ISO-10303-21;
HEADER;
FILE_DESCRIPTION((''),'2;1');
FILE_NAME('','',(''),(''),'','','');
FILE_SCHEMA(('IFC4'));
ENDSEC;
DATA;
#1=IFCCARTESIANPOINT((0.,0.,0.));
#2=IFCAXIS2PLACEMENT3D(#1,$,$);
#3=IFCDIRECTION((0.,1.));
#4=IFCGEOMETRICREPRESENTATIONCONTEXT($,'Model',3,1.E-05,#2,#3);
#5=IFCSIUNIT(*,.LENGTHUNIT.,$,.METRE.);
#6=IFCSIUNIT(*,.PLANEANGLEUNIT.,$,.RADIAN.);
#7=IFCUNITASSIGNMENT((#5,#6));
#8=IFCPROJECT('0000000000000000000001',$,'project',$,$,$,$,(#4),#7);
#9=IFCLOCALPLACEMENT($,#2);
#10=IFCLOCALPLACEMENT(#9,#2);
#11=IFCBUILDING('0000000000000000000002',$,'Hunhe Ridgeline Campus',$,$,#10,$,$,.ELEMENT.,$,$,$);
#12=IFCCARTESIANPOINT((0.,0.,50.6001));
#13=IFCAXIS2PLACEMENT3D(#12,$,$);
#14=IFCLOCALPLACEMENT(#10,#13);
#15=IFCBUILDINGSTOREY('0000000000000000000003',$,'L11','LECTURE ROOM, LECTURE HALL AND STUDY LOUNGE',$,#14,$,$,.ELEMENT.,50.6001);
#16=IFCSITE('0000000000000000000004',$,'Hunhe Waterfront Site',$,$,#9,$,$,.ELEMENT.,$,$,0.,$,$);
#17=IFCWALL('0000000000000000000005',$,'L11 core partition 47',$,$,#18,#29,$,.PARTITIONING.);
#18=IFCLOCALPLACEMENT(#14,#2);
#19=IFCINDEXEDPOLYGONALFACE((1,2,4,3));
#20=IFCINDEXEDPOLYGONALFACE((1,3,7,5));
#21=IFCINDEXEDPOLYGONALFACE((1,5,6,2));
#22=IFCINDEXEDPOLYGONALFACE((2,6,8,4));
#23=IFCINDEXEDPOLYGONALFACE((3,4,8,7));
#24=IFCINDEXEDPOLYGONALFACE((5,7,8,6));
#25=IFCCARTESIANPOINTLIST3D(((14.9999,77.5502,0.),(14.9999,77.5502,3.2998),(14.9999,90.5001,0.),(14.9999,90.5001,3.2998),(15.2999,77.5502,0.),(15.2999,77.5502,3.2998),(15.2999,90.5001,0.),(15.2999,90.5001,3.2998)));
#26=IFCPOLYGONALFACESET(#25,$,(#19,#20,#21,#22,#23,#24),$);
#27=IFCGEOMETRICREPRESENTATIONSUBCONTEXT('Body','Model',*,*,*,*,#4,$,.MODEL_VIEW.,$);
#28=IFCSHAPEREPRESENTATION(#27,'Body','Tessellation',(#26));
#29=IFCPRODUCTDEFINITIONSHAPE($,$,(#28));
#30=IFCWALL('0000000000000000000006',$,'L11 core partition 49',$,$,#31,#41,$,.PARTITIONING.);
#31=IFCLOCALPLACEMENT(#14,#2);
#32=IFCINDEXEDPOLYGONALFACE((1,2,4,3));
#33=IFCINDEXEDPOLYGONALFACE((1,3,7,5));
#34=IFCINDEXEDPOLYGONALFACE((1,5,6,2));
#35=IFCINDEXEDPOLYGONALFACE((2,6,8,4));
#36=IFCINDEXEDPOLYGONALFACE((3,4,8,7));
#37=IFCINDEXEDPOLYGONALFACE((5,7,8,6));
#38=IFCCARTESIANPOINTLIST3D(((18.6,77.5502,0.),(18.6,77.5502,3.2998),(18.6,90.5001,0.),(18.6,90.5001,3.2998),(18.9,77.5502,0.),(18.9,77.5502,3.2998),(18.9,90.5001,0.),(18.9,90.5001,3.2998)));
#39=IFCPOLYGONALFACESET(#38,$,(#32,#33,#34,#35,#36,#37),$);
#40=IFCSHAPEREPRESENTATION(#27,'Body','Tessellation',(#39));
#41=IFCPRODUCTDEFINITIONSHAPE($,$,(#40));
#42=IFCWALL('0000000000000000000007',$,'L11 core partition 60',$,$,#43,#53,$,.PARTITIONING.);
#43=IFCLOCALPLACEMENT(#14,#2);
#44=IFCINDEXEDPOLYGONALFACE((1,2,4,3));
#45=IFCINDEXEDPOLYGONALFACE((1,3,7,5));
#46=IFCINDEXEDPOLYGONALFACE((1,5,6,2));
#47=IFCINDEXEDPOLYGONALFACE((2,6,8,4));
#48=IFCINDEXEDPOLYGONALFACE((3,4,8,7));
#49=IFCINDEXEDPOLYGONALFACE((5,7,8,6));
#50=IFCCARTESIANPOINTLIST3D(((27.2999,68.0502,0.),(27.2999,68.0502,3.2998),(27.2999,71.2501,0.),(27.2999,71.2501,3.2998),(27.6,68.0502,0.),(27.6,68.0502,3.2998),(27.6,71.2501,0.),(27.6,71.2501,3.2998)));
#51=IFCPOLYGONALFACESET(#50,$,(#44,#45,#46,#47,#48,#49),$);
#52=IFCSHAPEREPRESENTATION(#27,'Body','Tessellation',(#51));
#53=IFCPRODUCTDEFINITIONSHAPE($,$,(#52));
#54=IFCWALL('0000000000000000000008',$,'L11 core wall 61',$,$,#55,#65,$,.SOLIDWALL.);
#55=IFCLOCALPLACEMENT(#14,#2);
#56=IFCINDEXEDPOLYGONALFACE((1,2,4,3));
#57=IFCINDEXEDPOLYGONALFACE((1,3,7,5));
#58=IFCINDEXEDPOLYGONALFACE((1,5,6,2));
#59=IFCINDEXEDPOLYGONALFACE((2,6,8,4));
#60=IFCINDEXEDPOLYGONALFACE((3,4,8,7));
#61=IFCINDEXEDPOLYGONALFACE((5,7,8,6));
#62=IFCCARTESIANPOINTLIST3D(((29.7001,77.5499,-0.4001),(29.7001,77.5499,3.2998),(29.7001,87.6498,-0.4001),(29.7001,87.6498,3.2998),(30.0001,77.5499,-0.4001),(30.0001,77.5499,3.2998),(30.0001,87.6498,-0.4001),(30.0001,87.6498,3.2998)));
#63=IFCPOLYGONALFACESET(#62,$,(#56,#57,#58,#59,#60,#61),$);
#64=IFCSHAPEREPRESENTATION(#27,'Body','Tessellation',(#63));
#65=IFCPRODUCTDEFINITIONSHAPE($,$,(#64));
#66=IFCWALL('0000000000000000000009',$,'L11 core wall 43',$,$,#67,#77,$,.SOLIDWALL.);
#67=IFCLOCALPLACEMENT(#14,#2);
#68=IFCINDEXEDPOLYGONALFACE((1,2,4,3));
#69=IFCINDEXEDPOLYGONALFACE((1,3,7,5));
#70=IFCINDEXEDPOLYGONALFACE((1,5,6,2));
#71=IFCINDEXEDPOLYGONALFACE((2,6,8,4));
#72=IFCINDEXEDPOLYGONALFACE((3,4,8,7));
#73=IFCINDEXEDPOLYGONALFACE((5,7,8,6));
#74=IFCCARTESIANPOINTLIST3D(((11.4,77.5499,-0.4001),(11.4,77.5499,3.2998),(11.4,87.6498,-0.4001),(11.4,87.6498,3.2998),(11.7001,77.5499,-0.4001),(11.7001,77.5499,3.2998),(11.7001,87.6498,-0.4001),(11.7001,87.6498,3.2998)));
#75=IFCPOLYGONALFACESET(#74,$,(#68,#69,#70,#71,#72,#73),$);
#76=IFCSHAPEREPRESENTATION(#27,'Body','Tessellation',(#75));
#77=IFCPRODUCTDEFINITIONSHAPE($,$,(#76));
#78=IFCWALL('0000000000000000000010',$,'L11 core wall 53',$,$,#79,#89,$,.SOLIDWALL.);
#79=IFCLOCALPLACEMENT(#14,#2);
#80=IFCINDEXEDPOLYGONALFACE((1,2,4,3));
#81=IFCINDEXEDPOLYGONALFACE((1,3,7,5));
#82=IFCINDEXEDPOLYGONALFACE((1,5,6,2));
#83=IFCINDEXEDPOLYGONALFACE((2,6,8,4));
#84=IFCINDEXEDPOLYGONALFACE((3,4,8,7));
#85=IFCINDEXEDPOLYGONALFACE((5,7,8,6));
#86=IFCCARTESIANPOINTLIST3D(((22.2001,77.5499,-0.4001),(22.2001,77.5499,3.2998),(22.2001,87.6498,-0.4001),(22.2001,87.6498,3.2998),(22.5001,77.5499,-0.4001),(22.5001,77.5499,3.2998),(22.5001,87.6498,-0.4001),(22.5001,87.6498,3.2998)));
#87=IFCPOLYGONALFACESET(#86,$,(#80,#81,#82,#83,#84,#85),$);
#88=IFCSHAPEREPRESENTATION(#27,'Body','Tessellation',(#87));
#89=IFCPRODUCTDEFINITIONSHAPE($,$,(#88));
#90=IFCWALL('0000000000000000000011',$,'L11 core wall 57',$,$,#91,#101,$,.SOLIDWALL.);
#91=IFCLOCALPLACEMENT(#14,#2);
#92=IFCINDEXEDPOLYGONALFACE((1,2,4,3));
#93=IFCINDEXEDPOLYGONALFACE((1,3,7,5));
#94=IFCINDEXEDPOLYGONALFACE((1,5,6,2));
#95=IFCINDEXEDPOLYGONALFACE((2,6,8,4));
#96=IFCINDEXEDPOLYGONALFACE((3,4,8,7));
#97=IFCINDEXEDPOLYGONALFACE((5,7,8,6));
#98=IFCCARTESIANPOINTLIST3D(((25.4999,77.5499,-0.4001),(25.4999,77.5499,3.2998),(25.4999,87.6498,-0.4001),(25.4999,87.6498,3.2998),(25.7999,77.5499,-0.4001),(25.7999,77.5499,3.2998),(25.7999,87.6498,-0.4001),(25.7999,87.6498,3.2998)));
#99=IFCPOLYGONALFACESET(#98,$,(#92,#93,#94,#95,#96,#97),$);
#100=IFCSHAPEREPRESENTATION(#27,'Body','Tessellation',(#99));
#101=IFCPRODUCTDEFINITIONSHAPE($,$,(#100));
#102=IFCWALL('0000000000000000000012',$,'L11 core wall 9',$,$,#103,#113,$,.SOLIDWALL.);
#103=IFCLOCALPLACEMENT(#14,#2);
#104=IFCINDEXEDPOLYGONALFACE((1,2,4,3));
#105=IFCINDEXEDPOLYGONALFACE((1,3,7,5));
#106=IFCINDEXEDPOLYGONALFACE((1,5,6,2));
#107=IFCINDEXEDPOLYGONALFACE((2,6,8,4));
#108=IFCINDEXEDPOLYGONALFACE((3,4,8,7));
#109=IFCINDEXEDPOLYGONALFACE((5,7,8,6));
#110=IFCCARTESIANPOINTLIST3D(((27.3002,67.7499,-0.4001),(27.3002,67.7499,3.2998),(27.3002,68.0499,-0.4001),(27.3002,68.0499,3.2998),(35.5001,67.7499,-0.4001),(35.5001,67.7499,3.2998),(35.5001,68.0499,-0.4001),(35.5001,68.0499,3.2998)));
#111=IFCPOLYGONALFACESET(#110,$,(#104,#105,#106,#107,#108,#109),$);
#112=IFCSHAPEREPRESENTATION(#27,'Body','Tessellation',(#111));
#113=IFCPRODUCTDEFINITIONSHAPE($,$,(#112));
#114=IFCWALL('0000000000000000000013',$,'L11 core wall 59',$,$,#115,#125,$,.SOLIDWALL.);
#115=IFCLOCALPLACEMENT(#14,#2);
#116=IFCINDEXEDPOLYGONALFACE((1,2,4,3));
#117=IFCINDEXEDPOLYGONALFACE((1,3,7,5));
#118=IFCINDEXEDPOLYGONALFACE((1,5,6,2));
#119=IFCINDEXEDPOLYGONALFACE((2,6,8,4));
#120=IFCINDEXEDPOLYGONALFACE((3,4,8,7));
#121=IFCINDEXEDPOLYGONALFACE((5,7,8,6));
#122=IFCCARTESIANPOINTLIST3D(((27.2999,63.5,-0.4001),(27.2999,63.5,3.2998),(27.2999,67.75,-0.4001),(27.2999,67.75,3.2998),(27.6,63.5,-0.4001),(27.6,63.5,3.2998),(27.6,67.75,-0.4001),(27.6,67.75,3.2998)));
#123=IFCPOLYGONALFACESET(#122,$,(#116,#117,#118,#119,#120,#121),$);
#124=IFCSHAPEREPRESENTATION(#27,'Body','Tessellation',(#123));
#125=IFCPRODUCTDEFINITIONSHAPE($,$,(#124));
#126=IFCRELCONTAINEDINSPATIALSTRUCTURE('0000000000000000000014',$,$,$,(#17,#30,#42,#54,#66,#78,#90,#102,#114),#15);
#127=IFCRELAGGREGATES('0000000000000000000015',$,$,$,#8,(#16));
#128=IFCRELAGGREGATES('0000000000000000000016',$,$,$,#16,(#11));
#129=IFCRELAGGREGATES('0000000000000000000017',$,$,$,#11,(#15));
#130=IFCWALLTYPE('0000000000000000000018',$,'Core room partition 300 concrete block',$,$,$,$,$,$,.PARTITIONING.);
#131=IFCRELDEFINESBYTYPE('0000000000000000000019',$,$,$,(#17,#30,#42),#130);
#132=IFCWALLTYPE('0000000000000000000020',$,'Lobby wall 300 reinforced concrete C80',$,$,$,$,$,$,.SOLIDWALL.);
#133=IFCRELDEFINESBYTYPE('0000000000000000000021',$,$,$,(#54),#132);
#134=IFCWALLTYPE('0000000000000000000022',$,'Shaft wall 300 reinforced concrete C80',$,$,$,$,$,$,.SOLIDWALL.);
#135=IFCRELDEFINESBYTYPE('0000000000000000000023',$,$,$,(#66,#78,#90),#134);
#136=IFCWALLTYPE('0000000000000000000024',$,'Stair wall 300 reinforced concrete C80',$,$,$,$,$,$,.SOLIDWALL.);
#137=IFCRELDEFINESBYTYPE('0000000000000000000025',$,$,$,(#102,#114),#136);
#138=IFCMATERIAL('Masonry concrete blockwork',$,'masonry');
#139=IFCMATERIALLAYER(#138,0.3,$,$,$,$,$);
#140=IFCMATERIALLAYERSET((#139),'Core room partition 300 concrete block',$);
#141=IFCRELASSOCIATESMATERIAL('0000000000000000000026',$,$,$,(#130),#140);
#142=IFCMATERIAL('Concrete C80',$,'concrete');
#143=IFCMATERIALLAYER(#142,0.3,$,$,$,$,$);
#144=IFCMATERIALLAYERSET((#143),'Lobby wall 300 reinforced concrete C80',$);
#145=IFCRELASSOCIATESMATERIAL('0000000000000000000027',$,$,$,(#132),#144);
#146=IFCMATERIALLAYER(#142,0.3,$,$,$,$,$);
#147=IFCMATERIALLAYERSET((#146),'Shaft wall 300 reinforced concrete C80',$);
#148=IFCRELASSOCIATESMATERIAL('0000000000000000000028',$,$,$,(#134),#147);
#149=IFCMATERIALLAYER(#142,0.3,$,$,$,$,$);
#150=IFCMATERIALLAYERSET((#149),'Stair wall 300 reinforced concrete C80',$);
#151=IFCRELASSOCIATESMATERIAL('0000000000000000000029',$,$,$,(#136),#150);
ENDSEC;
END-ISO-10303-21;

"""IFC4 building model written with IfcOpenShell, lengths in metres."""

from ifc_helpers import new_model, si_unit, direction, frame, frame_2d, origin, place, context, subcontext, project, spatial, rectangle, extrude, material, layer, layer_set, type_object, element, save


model = new_model("IFC4")

# Units and contexts
model_context = context("Model", 3, precision=1e-05, world=origin(), true_north=direction((0.0, 1.0)))
body_context = subcontext(model_context, "Body", "Model", "MODEL_VIEW")
ifc_project = project(units=[si_unit("LENGTHUNIT", "METRE"), si_unit("PLANEANGLEUNIT", "RADIAN")], contexts=[model_context])

# Site, building, storey
site_placement = place(None, origin())
site = spatial("IfcSite", under=ifc_project, at=site_placement, Name="Hunhe Waterfront Site", CompositionType="ELEMENT", RefElevation=0.0)
building_placement = place(site_placement, origin())
building = spatial("IfcBuilding", under=site, at=building_placement, Name="Hunhe Ridgeline Campus", CompositionType="ELEMENT")
storey_placement = place(building_placement, frame((0.0, 0.0, 50.6001)))
storey = spatial("IfcBuildingStorey", under=building, at=storey_placement, Name="L11", Description="LECTURE ROOM, LECTURE HALL AND STUDY LOUNGE", CompositionType="ELEMENT", Elevation=50.6001)

# Shared definitions
ifc_material_1 = material(Name="Masonry concrete blockwork", Category="masonry")
ifc_layer_1 = layer(ifc_material_1, 0.3)
ifc_layer_set_1 = layer_set([ifc_layer_1], Name="Core room partition 300 concrete block")
wall_type_1 = type_object("IfcWallType", Name="Core room partition 300 concrete block", PredefinedType="PARTITIONING", material=ifc_layer_set_1)

# Walls
for number, where, z_axis, x_axis, name in (
    (1, (15.1499, 77.55, 0.0), (0.0, 0.0, 1.0), (0.0, 1.0, 0.0), "L11 core partition 47"),
    (2, (18.75, 77.55, 0.0), (0.0, 0.0, 1.0), (0.0, 1.0, 0.0), "L11 core partition 49"),
):
    element("IfcWall", number, at=place(storey_placement, frame(where, z_axis=z_axis, x_axis=x_axis)), inside=storey, type_object=wall_type_1, Name=name, PredefinedType="PARTITIONING", context=body_context, shape_type="SweptSolid", body=[
        extrude(rectangle(XDim=12.95, YDim=0.3, at=frame_2d((6.4751, 0.0))), origin(), (0.0, 0.0, 1.0), 3.2998),
    ])
wall_1_placement = place(storey_placement, frame((27.45, 68.05, 0.0), z_axis=(0.0, 0.0, 1.0), x_axis=(0.0, 1.0, 0.0)))
element("IfcWall", 3, at=wall_1_placement, inside=storey, type_object=wall_type_1, Name="L11 core partition 60", PredefinedType="PARTITIONING", context=body_context, shape_type="SweptSolid", body=[
    extrude(rectangle(XDim=3.2, YDim=0.3, at=frame_2d((1.6001, 0.0))), origin(), (0.0, 0.0, 1.0), 3.2998),
])
ifc_material_2 = material(Name="Concrete C80", Category="concrete")
ifc_layer_2 = layer(ifc_material_2, 0.3)
ifc_layer_set_2 = layer_set([ifc_layer_2], Name="Lobby wall 300 reinforced concrete C80")
wall_type_2 = type_object("IfcWallType", Name="Lobby wall 300 reinforced concrete C80", PredefinedType="SOLIDWALL", material=ifc_layer_set_2)
wall_2_placement = place(storey_placement, frame((29.8501, 77.55, -0.4001), z_axis=(0.0, 0.0, 1.0), x_axis=(0.0, 1.0, 0.0)))
element("IfcWall", 4, at=wall_2_placement, inside=storey, type_object=wall_type_2, Name="L11 core wall 61", PredefinedType="SOLIDWALL", context=body_context, shape_type="SweptSolid", body=[
    extrude(rectangle(XDim=10.0999, YDim=0.3, at=frame_2d((5.0498, 0.0))), origin(), (0.0, 0.0, 1.0), 3.7),
])
ifc_layer_3 = layer(ifc_material_2, 0.3)
ifc_layer_set_3 = layer_set([ifc_layer_3], Name="Shaft wall 300 reinforced concrete C80")
wall_type_3 = type_object("IfcWallType", Name="Shaft wall 300 reinforced concrete C80", PredefinedType="SOLIDWALL", material=ifc_layer_set_3)
for number, where, z_axis, x_axis, name in (
    (5, (11.55, 77.55, -0.4001), (0.0, 0.0, 1.0), (0.0, 1.0, 0.0), "L11 core wall 43"),
    (6, (22.3501, 77.55, -0.4001), (0.0, 0.0, 1.0), (0.0, 1.0, 0.0), "L11 core wall 53"),
    (7, (25.6499, 77.55, -0.4001), (0.0, 0.0, 1.0), (0.0, 1.0, 0.0), "L11 core wall 57"),
):
    element("IfcWall", number, at=place(storey_placement, frame(where, z_axis=z_axis, x_axis=x_axis)), inside=storey, type_object=wall_type_3, Name=name, PredefinedType="SOLIDWALL", context=body_context, shape_type="SweptSolid", body=[
        extrude(rectangle(XDim=10.0999, YDim=0.3, at=frame_2d((5.0498, 0.0))), origin(), (0.0, 0.0, 1.0), 3.7),
    ])
ifc_layer_4 = layer(ifc_material_2, 0.3)
ifc_layer_set_4 = layer_set([ifc_layer_4], Name="Stair wall 300 reinforced concrete C80")
wall_type_4 = type_object("IfcWallType", Name="Stair wall 300 reinforced concrete C80", PredefinedType="SOLIDWALL", material=ifc_layer_set_4)
wall_3_placement = place(storey_placement, frame((27.3, 67.8999, -0.4001), z_axis=(0.0, 0.0, 1.0), x_axis=(1.0, 0.0, 0.0)))
element("IfcWall", 8, at=wall_3_placement, inside=storey, type_object=wall_type_4, Name="L11 core wall 9", PredefinedType="SOLIDWALL", context=body_context, shape_type="SweptSolid", body=[
    extrude(rectangle(XDim=8.2, YDim=0.3, at=frame_2d((4.1001, 0.0))), origin(), (0.0, 0.0, 1.0), 3.7),
])
wall_4_placement = place(storey_placement, frame((27.45, 63.5, -0.4001), z_axis=(0.0, 0.0, 1.0), x_axis=(0.0, 1.0, 0.0)))
element("IfcWall", 9, at=wall_4_placement, inside=storey, type_object=wall_type_4, Name="L11 core wall 59", PredefinedType="SOLIDWALL", context=body_context, shape_type="SweptSolid", body=[
    extrude(rectangle(XDim=4.25, YDim=0.3, at=frame_2d((2.125, 0.0))), origin(), (0.0, 0.0, 1.0), 3.7),
])

save(model, "model.ifc")
